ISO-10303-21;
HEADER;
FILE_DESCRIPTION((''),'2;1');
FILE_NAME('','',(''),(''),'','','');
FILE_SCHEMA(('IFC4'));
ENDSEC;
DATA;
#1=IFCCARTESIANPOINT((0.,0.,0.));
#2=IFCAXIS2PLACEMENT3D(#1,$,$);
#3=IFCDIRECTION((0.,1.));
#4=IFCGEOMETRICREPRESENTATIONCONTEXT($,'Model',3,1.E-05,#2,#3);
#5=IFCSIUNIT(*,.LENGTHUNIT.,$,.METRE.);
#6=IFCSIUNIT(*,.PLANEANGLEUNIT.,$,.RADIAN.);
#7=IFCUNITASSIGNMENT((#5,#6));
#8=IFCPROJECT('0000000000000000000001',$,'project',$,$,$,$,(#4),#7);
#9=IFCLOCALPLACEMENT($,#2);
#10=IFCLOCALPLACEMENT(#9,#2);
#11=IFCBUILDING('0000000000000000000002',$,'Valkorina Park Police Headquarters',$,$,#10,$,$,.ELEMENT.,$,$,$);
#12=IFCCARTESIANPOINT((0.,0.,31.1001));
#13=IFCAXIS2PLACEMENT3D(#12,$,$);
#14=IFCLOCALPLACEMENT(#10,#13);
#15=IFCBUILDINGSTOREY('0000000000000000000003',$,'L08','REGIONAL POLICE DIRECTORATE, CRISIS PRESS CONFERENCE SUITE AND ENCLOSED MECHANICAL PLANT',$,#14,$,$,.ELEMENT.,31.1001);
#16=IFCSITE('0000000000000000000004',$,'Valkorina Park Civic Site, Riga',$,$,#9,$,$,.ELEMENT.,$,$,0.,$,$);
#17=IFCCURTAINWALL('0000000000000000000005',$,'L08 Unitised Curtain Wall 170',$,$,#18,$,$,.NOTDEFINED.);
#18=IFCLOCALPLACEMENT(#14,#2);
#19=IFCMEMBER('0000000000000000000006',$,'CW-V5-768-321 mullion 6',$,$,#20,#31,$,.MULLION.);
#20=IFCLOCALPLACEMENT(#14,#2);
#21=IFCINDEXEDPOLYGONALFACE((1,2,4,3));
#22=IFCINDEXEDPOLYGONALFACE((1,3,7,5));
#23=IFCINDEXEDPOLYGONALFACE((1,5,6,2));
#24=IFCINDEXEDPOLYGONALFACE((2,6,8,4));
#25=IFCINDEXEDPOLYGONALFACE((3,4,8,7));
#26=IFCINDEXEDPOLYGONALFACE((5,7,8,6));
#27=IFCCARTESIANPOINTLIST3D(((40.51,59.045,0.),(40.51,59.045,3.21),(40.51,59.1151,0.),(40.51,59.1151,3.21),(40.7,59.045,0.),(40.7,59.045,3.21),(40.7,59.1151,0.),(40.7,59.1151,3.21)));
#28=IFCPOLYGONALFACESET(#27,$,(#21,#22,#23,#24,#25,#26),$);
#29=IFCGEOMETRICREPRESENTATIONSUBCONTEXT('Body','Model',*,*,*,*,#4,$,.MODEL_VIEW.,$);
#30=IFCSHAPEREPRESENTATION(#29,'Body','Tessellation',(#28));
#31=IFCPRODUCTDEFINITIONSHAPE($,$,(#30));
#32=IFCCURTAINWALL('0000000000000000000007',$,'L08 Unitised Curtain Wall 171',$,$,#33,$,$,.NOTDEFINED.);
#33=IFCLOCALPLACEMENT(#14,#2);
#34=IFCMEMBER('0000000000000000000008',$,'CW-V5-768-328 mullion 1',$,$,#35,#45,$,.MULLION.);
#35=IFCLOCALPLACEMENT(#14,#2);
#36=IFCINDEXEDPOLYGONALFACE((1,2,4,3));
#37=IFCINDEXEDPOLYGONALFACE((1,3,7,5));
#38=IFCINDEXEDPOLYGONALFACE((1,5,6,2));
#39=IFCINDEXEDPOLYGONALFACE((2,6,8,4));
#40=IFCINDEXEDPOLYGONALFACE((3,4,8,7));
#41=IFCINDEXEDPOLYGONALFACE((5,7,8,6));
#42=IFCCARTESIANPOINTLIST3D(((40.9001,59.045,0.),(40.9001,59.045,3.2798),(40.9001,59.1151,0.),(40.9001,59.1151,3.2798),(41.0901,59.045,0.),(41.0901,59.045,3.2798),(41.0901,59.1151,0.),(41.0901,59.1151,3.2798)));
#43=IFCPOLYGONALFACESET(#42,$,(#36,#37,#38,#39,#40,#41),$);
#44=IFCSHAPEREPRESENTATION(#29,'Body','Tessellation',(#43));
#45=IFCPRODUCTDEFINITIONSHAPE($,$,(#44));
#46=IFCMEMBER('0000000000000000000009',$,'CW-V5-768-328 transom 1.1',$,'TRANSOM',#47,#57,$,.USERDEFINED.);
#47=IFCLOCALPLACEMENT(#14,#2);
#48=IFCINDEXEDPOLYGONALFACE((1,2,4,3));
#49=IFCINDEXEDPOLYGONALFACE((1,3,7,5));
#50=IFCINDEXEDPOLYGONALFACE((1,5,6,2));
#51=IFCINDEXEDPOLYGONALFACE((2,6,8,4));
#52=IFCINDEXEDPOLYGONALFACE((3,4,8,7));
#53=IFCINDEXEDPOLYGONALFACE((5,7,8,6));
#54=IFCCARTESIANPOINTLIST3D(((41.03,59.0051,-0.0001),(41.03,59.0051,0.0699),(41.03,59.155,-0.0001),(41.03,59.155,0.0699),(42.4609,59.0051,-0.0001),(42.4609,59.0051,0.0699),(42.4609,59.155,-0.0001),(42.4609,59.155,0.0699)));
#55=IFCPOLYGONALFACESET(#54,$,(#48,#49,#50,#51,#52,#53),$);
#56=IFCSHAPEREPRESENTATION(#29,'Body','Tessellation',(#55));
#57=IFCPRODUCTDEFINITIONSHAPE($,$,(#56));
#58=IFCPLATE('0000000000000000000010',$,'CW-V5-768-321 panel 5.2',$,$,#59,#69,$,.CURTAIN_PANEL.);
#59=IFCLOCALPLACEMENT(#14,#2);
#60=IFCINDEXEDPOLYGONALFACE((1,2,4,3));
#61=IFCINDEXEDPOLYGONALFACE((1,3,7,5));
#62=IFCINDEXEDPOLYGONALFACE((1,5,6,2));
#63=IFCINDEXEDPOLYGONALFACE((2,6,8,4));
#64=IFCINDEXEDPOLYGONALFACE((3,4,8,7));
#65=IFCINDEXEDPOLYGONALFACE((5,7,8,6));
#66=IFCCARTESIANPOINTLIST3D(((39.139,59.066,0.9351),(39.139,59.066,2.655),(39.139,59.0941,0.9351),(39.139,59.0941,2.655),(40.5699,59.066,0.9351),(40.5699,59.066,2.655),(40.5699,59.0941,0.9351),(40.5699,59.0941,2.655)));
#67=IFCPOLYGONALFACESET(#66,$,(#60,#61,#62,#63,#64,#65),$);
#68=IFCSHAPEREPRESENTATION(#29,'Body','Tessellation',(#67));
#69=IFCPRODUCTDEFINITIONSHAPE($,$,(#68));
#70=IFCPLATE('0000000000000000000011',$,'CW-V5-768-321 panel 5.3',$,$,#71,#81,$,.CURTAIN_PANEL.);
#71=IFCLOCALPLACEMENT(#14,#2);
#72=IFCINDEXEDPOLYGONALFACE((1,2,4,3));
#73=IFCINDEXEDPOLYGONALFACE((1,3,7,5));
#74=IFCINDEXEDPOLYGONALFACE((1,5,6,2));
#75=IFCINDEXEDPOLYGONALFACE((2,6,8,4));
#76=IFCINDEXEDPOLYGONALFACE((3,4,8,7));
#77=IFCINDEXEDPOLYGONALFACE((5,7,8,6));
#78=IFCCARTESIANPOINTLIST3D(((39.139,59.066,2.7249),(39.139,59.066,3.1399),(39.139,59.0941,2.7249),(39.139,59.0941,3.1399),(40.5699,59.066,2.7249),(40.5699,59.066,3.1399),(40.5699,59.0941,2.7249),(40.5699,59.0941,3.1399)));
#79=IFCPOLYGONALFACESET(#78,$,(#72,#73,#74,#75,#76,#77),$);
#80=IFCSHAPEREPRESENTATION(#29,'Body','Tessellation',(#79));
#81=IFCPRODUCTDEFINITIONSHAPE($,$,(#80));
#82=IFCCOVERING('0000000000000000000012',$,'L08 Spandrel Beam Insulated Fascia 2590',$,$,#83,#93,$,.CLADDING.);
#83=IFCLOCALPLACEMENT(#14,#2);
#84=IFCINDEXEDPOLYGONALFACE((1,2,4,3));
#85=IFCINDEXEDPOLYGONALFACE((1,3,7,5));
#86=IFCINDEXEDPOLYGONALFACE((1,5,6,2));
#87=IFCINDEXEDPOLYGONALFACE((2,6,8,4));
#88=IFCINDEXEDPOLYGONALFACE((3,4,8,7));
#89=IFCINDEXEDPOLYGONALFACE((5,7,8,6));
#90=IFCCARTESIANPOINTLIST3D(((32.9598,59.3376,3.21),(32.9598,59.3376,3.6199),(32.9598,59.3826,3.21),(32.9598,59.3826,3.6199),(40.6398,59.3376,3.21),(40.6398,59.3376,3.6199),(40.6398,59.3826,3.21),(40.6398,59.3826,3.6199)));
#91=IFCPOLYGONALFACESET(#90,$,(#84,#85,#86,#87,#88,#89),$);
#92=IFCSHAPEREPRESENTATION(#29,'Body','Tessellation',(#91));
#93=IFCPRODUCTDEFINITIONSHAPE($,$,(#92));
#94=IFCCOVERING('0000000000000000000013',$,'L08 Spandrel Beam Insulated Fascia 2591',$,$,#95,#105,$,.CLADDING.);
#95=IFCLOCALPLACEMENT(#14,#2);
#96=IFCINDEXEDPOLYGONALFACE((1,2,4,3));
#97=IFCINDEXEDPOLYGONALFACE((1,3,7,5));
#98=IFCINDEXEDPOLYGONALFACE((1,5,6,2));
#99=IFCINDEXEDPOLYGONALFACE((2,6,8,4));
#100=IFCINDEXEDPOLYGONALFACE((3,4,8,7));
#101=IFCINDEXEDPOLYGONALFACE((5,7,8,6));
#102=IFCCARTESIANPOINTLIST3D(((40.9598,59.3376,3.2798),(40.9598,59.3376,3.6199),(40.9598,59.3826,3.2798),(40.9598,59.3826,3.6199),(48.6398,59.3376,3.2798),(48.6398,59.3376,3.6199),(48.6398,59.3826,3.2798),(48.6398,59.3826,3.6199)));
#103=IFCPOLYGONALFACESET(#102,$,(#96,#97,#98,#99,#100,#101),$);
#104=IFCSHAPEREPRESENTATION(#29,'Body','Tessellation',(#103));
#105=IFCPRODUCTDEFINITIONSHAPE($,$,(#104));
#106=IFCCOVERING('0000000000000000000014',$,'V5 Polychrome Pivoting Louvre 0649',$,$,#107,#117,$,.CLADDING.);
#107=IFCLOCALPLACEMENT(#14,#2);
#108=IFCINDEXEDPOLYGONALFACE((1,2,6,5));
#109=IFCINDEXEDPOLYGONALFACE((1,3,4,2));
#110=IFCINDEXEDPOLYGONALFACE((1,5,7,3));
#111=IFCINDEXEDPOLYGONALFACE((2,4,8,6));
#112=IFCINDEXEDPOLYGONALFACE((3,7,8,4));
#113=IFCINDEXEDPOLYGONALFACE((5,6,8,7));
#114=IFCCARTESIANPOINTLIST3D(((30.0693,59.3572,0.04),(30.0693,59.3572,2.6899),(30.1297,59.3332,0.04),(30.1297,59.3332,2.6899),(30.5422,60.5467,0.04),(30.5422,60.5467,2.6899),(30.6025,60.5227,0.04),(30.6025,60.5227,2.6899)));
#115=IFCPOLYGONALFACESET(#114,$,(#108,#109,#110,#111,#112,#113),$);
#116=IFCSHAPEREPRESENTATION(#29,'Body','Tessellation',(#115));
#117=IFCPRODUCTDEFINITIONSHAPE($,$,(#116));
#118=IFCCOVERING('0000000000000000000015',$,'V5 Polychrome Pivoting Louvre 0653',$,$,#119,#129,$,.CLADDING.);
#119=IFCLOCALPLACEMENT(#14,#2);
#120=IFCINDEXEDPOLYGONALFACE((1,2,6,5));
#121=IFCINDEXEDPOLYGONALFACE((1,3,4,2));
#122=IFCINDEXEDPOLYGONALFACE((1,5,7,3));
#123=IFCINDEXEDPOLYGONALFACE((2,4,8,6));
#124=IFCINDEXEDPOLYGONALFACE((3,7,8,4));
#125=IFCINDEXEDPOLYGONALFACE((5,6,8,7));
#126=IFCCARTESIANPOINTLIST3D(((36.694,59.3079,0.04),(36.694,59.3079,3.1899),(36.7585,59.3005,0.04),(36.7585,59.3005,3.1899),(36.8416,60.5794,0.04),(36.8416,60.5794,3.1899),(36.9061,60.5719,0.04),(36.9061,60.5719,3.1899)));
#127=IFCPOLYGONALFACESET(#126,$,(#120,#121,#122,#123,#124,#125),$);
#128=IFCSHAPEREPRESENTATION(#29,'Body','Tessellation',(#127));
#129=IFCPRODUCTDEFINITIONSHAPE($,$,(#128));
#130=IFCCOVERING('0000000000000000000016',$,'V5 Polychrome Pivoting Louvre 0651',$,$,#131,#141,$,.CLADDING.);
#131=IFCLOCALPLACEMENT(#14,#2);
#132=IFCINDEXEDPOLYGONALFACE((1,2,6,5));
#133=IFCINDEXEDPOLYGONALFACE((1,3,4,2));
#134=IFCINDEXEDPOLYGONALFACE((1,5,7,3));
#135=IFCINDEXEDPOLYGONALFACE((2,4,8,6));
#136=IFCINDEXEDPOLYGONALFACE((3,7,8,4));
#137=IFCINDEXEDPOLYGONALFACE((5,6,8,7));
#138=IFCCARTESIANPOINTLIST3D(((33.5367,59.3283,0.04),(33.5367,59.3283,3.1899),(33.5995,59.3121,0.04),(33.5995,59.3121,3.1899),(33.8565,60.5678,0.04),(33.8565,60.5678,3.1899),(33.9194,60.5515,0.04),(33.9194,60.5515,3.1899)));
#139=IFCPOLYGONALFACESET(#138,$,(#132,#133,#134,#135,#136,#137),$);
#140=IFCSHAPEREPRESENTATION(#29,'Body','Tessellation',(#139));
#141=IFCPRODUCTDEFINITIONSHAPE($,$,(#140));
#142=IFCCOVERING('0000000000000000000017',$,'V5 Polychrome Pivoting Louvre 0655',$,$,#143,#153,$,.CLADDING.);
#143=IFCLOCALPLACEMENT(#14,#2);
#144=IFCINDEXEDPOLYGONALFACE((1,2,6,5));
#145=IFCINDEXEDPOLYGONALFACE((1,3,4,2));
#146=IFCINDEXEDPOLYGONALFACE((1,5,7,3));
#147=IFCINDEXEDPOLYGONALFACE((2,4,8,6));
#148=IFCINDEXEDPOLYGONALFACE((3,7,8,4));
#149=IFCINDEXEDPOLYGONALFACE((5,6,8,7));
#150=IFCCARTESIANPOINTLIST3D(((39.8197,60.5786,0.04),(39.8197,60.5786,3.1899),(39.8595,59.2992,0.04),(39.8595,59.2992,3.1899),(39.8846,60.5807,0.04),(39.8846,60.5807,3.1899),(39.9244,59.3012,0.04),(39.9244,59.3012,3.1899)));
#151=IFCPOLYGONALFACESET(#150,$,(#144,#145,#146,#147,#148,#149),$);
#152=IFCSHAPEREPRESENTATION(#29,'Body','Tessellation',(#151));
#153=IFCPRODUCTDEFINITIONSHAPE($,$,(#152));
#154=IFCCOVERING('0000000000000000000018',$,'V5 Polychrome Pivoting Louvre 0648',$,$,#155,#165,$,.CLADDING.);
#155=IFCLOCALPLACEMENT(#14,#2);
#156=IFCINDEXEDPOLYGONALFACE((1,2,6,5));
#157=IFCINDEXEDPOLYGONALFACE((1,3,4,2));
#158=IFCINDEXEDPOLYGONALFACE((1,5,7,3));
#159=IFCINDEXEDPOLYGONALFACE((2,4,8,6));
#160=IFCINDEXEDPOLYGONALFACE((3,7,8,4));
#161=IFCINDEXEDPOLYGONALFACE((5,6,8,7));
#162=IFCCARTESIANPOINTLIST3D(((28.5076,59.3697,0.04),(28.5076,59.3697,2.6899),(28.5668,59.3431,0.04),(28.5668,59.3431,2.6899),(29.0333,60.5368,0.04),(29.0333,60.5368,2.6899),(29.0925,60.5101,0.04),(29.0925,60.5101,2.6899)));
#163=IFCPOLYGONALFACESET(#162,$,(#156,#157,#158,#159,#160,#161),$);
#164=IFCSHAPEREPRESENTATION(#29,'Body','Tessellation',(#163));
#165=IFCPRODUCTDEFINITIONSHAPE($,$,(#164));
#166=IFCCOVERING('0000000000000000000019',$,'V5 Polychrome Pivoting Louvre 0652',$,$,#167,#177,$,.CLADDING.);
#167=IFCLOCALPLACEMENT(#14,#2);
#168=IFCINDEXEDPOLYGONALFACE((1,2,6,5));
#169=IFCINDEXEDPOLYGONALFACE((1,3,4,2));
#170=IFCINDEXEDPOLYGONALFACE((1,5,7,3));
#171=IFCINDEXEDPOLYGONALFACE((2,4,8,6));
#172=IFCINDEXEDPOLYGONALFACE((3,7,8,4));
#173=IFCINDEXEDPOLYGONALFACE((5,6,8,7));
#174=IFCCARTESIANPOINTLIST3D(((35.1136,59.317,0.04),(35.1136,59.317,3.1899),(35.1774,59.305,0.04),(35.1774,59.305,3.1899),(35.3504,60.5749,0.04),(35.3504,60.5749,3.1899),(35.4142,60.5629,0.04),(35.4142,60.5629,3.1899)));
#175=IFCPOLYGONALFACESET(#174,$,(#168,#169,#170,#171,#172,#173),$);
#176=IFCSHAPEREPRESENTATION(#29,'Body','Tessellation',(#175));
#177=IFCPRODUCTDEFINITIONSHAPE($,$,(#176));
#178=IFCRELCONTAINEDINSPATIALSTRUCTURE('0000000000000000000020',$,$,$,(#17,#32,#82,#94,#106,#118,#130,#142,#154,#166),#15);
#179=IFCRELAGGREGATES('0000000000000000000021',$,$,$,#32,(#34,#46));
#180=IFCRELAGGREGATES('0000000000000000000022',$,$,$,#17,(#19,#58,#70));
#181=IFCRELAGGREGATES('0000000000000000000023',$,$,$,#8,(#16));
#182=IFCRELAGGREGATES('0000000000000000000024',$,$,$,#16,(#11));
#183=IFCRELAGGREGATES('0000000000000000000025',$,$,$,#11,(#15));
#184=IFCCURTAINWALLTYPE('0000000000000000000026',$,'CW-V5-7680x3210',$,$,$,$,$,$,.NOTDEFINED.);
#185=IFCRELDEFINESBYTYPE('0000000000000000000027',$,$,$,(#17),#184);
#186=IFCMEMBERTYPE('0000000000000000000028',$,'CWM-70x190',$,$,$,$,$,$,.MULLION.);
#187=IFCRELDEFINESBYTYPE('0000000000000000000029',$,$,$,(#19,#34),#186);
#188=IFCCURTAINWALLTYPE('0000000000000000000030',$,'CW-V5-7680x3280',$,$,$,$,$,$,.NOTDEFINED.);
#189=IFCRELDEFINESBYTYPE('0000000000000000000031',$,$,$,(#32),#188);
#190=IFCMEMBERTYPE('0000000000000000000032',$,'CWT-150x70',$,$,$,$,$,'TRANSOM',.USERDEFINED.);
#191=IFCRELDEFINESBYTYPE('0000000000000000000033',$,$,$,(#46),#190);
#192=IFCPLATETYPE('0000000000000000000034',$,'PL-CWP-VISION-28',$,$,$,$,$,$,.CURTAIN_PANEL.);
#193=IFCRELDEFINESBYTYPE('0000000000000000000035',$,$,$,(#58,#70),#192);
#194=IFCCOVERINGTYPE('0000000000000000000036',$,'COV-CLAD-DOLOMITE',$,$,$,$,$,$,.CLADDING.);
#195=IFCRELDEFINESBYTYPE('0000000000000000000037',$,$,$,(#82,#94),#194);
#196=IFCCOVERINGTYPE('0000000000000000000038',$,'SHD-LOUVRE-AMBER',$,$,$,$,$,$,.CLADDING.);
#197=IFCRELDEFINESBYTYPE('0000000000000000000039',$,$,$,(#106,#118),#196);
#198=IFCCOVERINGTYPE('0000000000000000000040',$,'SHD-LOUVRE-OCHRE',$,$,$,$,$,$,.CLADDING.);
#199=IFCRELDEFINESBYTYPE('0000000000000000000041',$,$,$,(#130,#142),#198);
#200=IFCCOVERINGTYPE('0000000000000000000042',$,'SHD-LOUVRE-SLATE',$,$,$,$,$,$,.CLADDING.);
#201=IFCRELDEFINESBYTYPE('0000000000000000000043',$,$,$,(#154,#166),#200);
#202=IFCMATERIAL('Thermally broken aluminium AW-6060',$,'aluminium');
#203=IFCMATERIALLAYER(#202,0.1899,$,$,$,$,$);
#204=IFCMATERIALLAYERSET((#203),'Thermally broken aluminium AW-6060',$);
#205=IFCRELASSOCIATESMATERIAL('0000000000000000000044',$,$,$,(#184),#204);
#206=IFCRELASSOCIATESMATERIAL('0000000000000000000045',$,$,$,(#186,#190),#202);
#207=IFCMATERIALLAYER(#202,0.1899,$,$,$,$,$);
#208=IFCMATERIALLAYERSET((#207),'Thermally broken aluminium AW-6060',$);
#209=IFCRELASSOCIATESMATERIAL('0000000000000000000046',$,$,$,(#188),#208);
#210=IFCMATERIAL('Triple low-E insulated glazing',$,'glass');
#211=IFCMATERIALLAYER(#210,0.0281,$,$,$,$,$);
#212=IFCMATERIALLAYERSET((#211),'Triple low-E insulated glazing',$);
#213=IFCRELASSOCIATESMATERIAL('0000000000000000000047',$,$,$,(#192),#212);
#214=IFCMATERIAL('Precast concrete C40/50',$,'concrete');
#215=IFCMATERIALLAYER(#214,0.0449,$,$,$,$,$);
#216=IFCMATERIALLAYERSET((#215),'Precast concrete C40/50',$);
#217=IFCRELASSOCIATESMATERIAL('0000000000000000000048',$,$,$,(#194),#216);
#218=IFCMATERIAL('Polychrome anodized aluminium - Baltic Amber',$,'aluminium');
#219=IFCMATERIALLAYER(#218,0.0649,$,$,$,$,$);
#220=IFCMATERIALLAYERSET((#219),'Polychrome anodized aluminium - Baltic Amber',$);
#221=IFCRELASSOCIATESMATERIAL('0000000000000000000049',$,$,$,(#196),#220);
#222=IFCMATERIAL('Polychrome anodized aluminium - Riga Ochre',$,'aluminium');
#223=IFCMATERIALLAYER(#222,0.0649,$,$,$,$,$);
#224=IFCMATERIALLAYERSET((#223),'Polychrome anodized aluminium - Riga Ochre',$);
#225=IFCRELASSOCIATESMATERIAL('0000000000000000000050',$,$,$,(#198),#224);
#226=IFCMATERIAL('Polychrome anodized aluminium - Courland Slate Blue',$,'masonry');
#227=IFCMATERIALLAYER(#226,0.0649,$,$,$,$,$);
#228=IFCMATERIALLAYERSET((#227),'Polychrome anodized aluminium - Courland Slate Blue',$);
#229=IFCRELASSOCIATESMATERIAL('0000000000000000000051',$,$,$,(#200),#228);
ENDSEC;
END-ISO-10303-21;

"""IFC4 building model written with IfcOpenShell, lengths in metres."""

from ifc_helpers import new_model, si_unit, direction, frame, frame_2d, origin, origin_2d, place, context, subcontext, project, spatial, rectangle, extrude, material, layer, layer_set, material_profile, profile_set, type_object, element, aggregate, save


model = new_model("IFC4")

# Units and contexts
model_context = context("Model", 3, precision=1e-05, world=origin(), true_north=direction((0.0, 1.0)))
body_context = subcontext(model_context, "Body", "Model", "MODEL_VIEW")
ifc_project = project(units=[si_unit("LENGTHUNIT", "METRE"), si_unit("PLANEANGLEUNIT", "RADIAN")], contexts=[model_context])

# Site, building, storey
site_placement = place(None, origin())
site = spatial("IfcSite", under=ifc_project, at=site_placement, Name="Valkorina Park Civic Site, Riga", CompositionType="ELEMENT", RefElevation=0.0)
building_placement = place(site_placement, origin())
building = spatial("IfcBuilding", under=site, at=building_placement, Name="Valkorina Park Police Headquarters", CompositionType="ELEMENT")
storey_placement = place(building_placement, frame((0.0, 0.0, 31.1001)))
storey = spatial("IfcBuildingStorey", under=building, at=storey_placement, Name="L08", Description="REGIONAL POLICE DIRECTORATE, CRISIS PRESS CONFERENCE SUITE AND ENCLOSED MECHANICAL PLANT", CompositionType="ELEMENT", Elevation=31.1001)

# Curtain wall, member
ifc_material_1 = material(Name="Thermally broken aluminium AW-6060", Category="aluminium")
ifc_layer_1 = layer(ifc_material_1, 0.1899)
ifc_layer_set_1 = layer_set([ifc_layer_1], Name="Thermally broken aluminium AW-6060")
curtain_wall_type_1 = type_object("IfcCurtainWallType", Name="CW-V5-7680x3210", PredefinedType="NOTDEFINED", material=ifc_layer_set_1)
curtain_wall_1_placement = place(storey_placement, origin())
curtain_wall_1 = element("IfcCurtainWall", 1, at=curtain_wall_1_placement, inside=storey, type_object=curtain_wall_type_1, Name="L08 Unitised Curtain Wall 170", PredefinedType="NOTDEFINED")
ifc_material_profile_1 = material_profile(ifc_material_1, rectangle(XDim=0.0701, YDim=0.1899, at=origin_2d()), Name="CWM-02 70x190")
ifc_profile_set_1 = profile_set([ifc_material_profile_1], Name="Thermally broken aluminium AW-6060")
member_type_1 = type_object("IfcMemberType", Name="CWM-70x190", PredefinedType="MULLION", material=ifc_profile_set_1)
member_1_placement = place(storey_placement, frame((40.605, 59.0801, 0.0), z_axis=(0.0, 0.0, 1.0), x_axis=(0.0, 1.0, 0.0)))
member_1 = element("IfcMember", 2, at=member_1_placement, type_object=member_type_1, Name="CW-V5-768-321 mullion 6", PredefinedType="MULLION", context=body_context, shape_type="SweptSolid", body=[
    extrude(rectangle(XDim=0.0701, YDim=0.1899, at=origin_2d()), origin(), (0.0, 0.0, 1.0), 3.21),
])

# Curtain wall, members
ifc_layer_2 = layer(ifc_material_1, 0.1899)
ifc_layer_set_2 = layer_set([ifc_layer_2], Name="Thermally broken aluminium AW-6060")
curtain_wall_type_2 = type_object("IfcCurtainWallType", Name="CW-V5-7680x3280", PredefinedType="NOTDEFINED", material=ifc_layer_set_2)
curtain_wall_2_placement = place(storey_placement, origin())
curtain_wall_2 = element("IfcCurtainWall", 3, at=curtain_wall_2_placement, inside=storey, type_object=curtain_wall_type_2, Name="L08 Unitised Curtain Wall 171", PredefinedType="NOTDEFINED")
member_2_placement = place(storey_placement, frame((40.9951, 59.0801, 0.0), z_axis=(0.0, 0.0, 1.0), x_axis=(0.0, 1.0, 0.0)))
member_2 = element("IfcMember", 4, at=member_2_placement, type_object=member_type_1, Name="CW-V5-768-328 mullion 1", PredefinedType="MULLION", context=body_context, shape_type="SweptSolid", body=[
    extrude(rectangle(XDim=0.0701, YDim=0.1899, at=origin_2d()), origin(), (0.0, 0.0, 1.0), 3.2798),
])
ifc_material_profile_2 = material_profile(ifc_material_1, rectangle(XDim=0.1499, YDim=0.0701, at=origin_2d()), Name="CWT-02 150x70")
ifc_profile_set_2 = profile_set([ifc_material_profile_2], Name="Thermally broken aluminium AW-6060")
member_type_2 = type_object("IfcMemberType", Name="CWT-150x70", ElementType="TRANSOM", PredefinedType="USERDEFINED", material=ifc_profile_set_2)
member_3_placement = place(storey_placement, frame((41.03, 59.0801, 0.0349), z_axis=(1.0, 0.0, 0.0), x_axis=(0.0, 1.0, 0.0)))
member_3 = element("IfcMember", 5, at=member_3_placement, type_object=member_type_2, Name="CW-V5-768-328 transom 1.1", ObjectType="TRANSOM", PredefinedType="USERDEFINED", context=body_context, shape_type="SweptSolid", body=[
    extrude(rectangle(XDim=0.1499, YDim=0.0701, at=origin_2d()), origin(), (0.0, 0.0, 1.0), 1.4309),
])
aggregate(curtain_wall_2, [member_2, member_3])

# Plates
ifc_material_2 = material(Name="Triple low-E insulated glazing", Category="glass")
ifc_layer_3 = layer(ifc_material_2, 0.0281)
ifc_layer_set_3 = layer_set([ifc_layer_3], Name="Triple low-E insulated glazing")
plate_type = type_object("IfcPlateType", Name="PL-CWP-VISION-28", PredefinedType="CURTAIN_PANEL", material=ifc_layer_set_3)
plate_1_placement = place(storey_placement, frame((39.8545, 59.0801, 0.9351), z_axis=(0.0, 0.0, 1.0), x_axis=(1.0, 0.0, 0.0)))
plate_1 = element("IfcPlate", 6, at=plate_1_placement, type_object=plate_type, Name="CW-V5-768-321 panel 5.2", PredefinedType="CURTAIN_PANEL", context=body_context, shape_type="SweptSolid", body=[
    extrude(rectangle(XDim=1.4309, YDim=0.0281, at=origin_2d()), origin(), (0.0, 0.0, 1.0), 1.72),
])
plate_2_placement = place(storey_placement, frame((39.8545, 59.0801, 2.7249), z_axis=(0.0, 0.0, 1.0), x_axis=(1.0, 0.0, 0.0)))
plate_2 = element("IfcPlate", 7, at=plate_2_placement, type_object=plate_type, Name="CW-V5-768-321 panel 5.3", PredefinedType="CURTAIN_PANEL", context=body_context, shape_type="SweptSolid", body=[
    extrude(rectangle(XDim=1.4309, YDim=0.0281, at=origin_2d()), origin(), (0.0, 0.0, 1.0), 0.415),
])
aggregate(curtain_wall_1, [member_1, plate_1, plate_2])

# Coverings
ifc_material_3 = material(Name="Precast concrete C40/50", Category="concrete")
ifc_layer_4 = layer(ifc_material_3, 0.0449)
ifc_layer_set_4 = layer_set([ifc_layer_4], Name="Precast concrete C40/50")
covering_type_1 = type_object("IfcCoveringType", Name="COV-CLAD-DOLOMITE", PredefinedType="CLADDING", material=ifc_layer_set_4)
covering_1_placement = place(storey_placement, frame((32.96, 59.3601, 3.21), z_axis=(0.0, 0.0, 1.0), x_axis=(1.0, 0.0, 0.0)))
element("IfcCovering", 8, at=covering_1_placement, inside=storey, type_object=covering_type_1, Name="L08 Spandrel Beam Insulated Fascia 2590", PredefinedType="CLADDING", context=body_context, shape_type="SweptSolid", body=[
    extrude(rectangle(XDim=7.6799, YDim=0.0449, at=frame_2d((3.8398, 0.0))), origin(), (0.0, 0.0, 1.0), 0.4099),
])
covering_2_placement = place(storey_placement, frame((40.96, 59.3601, 3.2798), z_axis=(0.0, 0.0, 1.0), x_axis=(1.0, 0.0, 0.0)))
element("IfcCovering", 9, at=covering_2_placement, inside=storey, type_object=covering_type_1, Name="L08 Spandrel Beam Insulated Fascia 2591", PredefinedType="CLADDING", context=body_context, shape_type="SweptSolid", body=[
    extrude(rectangle(XDim=7.6799, YDim=0.0449, at=frame_2d((3.8398, 0.0))), origin(), (0.0, 0.0, 1.0), 0.3401),
])
ifc_material_4 = material(Name="Polychrome anodized aluminium - Baltic Amber", Category="aluminium")
ifc_layer_5 = layer(ifc_material_4, 0.0649)
ifc_layer_set_5 = layer_set([ifc_layer_5], Name="Polychrome anodized aluminium - Baltic Amber")
covering_type_2 = type_object("IfcCoveringType", Name="SHD-LOUVRE-AMBER", PredefinedType="CLADDING", material=ifc_layer_set_5)
covering_3_placement = place(storey_placement, frame((30.3359, 59.9399, 0.04), z_axis=(0.0, 0.0, 1.0), x_axis=(0.369422, 0.929262, 0.0)))
element("IfcCovering", 10, at=covering_3_placement, inside=storey, type_object=covering_type_2, Name="V5 Polychrome Pivoting Louvre 0649", PredefinedType="CLADDING", context=body_context, shape_type="SweptSolid", body=[
    extrude(rectangle(XDim=1.28, YDim=0.0649, at=origin_2d()), origin(), (0.0, 0.0, 1.0), 2.6499),
])
covering_4_placement = place(storey_placement, frame((36.8, 59.9399, 0.04), z_axis=(0.0, 0.0, 1.0), x_axis=(0.115284, 0.993333, 0.0)))
element("IfcCovering", 11, at=covering_4_placement, inside=storey, type_object=covering_type_2, Name="V5 Polychrome Pivoting Louvre 0653", PredefinedType="CLADDING", context=body_context, shape_type="SweptSolid", body=[
    extrude(rectangle(XDim=1.28, YDim=0.0649, at=origin_2d()), origin(), (0.0, 0.0, 1.0), 3.1499),
])
ifc_material_5 = material(Name="Polychrome anodized aluminium - Riga Ochre", Category="aluminium")
ifc_layer_6 = layer(ifc_material_5, 0.0649)
ifc_layer_set_6 = layer_set([ifc_layer_6], Name="Polychrome anodized aluminium - Riga Ochre")
covering_type_3 = type_object("IfcCoveringType", Name="SHD-LOUVRE-OCHRE", PredefinedType="CLADDING", material=ifc_layer_set_6)
for number, where, z_axis, x_axis, name in (
    (12, (33.728, 59.9399, 0.04), (0.0, 0.0, 1.0), (0.249873, 0.968279, 0.0), "V5 Polychrome Pivoting Louvre 0651"),
    (13, (39.8721, 59.9399, 0.04), (0.0, 0.0, 1.0), (-0.031062, 0.999517, 0.0), "V5 Polychrome Pivoting Louvre 0655"),
):
    element("IfcCovering", number, at=place(storey_placement, frame(where, z_axis=z_axis, x_axis=x_axis)), inside=storey, type_object=covering_type_3, Name=name, PredefinedType="CLADDING", context=body_context, shape_type="SweptSolid", body=[
        extrude(rectangle(XDim=1.28, YDim=0.0649, at=origin_2d()), origin(), (0.0, 0.0, 1.0), 3.1499),
    ])
ifc_material_6 = material(Name="Polychrome anodized aluminium - Courland Slate Blue", Category="masonry")
ifc_layer_7 = layer(ifc_material_6, 0.0649)
ifc_layer_set_7 = layer_set([ifc_layer_7], Name="Polychrome anodized aluminium - Courland Slate Blue")
covering_type_4 = type_object("IfcCoveringType", Name="SHD-LOUVRE-SLATE", PredefinedType="CLADDING", material=ifc_layer_set_7)
covering_5_placement = place(storey_placement, frame((28.8, 59.9399, 0.04), z_axis=(0.0, 0.0, 1.0), x_axis=(0.410719, 0.911762, 0.0)))
element("IfcCovering", 14, at=covering_5_placement, inside=storey, type_object=covering_type_4, Name="V5 Polychrome Pivoting Louvre 0648", PredefinedType="CLADDING", context=body_context, shape_type="SweptSolid", body=[
    extrude(rectangle(XDim=1.28, YDim=0.0649, at=origin_2d()), origin(), (0.0, 0.0, 1.0), 2.6499),
])
covering_6_placement = place(storey_placement, frame((35.2639, 59.9399, 0.04), z_axis=(0.0, 0.0, 1.0), x_axis=(0.184981, 0.982742, 0.0)))
element("IfcCovering", 15, at=covering_6_placement, inside=storey, type_object=covering_type_4, Name="V5 Polychrome Pivoting Louvre 0652", PredefinedType="CLADDING", context=body_context, shape_type="SweptSolid", body=[
    extrude(rectangle(XDim=1.28, YDim=0.0649, at=origin_2d()), origin(), (0.0, 0.0, 1.0), 3.1499),
])

save(model, "model.ifc")
